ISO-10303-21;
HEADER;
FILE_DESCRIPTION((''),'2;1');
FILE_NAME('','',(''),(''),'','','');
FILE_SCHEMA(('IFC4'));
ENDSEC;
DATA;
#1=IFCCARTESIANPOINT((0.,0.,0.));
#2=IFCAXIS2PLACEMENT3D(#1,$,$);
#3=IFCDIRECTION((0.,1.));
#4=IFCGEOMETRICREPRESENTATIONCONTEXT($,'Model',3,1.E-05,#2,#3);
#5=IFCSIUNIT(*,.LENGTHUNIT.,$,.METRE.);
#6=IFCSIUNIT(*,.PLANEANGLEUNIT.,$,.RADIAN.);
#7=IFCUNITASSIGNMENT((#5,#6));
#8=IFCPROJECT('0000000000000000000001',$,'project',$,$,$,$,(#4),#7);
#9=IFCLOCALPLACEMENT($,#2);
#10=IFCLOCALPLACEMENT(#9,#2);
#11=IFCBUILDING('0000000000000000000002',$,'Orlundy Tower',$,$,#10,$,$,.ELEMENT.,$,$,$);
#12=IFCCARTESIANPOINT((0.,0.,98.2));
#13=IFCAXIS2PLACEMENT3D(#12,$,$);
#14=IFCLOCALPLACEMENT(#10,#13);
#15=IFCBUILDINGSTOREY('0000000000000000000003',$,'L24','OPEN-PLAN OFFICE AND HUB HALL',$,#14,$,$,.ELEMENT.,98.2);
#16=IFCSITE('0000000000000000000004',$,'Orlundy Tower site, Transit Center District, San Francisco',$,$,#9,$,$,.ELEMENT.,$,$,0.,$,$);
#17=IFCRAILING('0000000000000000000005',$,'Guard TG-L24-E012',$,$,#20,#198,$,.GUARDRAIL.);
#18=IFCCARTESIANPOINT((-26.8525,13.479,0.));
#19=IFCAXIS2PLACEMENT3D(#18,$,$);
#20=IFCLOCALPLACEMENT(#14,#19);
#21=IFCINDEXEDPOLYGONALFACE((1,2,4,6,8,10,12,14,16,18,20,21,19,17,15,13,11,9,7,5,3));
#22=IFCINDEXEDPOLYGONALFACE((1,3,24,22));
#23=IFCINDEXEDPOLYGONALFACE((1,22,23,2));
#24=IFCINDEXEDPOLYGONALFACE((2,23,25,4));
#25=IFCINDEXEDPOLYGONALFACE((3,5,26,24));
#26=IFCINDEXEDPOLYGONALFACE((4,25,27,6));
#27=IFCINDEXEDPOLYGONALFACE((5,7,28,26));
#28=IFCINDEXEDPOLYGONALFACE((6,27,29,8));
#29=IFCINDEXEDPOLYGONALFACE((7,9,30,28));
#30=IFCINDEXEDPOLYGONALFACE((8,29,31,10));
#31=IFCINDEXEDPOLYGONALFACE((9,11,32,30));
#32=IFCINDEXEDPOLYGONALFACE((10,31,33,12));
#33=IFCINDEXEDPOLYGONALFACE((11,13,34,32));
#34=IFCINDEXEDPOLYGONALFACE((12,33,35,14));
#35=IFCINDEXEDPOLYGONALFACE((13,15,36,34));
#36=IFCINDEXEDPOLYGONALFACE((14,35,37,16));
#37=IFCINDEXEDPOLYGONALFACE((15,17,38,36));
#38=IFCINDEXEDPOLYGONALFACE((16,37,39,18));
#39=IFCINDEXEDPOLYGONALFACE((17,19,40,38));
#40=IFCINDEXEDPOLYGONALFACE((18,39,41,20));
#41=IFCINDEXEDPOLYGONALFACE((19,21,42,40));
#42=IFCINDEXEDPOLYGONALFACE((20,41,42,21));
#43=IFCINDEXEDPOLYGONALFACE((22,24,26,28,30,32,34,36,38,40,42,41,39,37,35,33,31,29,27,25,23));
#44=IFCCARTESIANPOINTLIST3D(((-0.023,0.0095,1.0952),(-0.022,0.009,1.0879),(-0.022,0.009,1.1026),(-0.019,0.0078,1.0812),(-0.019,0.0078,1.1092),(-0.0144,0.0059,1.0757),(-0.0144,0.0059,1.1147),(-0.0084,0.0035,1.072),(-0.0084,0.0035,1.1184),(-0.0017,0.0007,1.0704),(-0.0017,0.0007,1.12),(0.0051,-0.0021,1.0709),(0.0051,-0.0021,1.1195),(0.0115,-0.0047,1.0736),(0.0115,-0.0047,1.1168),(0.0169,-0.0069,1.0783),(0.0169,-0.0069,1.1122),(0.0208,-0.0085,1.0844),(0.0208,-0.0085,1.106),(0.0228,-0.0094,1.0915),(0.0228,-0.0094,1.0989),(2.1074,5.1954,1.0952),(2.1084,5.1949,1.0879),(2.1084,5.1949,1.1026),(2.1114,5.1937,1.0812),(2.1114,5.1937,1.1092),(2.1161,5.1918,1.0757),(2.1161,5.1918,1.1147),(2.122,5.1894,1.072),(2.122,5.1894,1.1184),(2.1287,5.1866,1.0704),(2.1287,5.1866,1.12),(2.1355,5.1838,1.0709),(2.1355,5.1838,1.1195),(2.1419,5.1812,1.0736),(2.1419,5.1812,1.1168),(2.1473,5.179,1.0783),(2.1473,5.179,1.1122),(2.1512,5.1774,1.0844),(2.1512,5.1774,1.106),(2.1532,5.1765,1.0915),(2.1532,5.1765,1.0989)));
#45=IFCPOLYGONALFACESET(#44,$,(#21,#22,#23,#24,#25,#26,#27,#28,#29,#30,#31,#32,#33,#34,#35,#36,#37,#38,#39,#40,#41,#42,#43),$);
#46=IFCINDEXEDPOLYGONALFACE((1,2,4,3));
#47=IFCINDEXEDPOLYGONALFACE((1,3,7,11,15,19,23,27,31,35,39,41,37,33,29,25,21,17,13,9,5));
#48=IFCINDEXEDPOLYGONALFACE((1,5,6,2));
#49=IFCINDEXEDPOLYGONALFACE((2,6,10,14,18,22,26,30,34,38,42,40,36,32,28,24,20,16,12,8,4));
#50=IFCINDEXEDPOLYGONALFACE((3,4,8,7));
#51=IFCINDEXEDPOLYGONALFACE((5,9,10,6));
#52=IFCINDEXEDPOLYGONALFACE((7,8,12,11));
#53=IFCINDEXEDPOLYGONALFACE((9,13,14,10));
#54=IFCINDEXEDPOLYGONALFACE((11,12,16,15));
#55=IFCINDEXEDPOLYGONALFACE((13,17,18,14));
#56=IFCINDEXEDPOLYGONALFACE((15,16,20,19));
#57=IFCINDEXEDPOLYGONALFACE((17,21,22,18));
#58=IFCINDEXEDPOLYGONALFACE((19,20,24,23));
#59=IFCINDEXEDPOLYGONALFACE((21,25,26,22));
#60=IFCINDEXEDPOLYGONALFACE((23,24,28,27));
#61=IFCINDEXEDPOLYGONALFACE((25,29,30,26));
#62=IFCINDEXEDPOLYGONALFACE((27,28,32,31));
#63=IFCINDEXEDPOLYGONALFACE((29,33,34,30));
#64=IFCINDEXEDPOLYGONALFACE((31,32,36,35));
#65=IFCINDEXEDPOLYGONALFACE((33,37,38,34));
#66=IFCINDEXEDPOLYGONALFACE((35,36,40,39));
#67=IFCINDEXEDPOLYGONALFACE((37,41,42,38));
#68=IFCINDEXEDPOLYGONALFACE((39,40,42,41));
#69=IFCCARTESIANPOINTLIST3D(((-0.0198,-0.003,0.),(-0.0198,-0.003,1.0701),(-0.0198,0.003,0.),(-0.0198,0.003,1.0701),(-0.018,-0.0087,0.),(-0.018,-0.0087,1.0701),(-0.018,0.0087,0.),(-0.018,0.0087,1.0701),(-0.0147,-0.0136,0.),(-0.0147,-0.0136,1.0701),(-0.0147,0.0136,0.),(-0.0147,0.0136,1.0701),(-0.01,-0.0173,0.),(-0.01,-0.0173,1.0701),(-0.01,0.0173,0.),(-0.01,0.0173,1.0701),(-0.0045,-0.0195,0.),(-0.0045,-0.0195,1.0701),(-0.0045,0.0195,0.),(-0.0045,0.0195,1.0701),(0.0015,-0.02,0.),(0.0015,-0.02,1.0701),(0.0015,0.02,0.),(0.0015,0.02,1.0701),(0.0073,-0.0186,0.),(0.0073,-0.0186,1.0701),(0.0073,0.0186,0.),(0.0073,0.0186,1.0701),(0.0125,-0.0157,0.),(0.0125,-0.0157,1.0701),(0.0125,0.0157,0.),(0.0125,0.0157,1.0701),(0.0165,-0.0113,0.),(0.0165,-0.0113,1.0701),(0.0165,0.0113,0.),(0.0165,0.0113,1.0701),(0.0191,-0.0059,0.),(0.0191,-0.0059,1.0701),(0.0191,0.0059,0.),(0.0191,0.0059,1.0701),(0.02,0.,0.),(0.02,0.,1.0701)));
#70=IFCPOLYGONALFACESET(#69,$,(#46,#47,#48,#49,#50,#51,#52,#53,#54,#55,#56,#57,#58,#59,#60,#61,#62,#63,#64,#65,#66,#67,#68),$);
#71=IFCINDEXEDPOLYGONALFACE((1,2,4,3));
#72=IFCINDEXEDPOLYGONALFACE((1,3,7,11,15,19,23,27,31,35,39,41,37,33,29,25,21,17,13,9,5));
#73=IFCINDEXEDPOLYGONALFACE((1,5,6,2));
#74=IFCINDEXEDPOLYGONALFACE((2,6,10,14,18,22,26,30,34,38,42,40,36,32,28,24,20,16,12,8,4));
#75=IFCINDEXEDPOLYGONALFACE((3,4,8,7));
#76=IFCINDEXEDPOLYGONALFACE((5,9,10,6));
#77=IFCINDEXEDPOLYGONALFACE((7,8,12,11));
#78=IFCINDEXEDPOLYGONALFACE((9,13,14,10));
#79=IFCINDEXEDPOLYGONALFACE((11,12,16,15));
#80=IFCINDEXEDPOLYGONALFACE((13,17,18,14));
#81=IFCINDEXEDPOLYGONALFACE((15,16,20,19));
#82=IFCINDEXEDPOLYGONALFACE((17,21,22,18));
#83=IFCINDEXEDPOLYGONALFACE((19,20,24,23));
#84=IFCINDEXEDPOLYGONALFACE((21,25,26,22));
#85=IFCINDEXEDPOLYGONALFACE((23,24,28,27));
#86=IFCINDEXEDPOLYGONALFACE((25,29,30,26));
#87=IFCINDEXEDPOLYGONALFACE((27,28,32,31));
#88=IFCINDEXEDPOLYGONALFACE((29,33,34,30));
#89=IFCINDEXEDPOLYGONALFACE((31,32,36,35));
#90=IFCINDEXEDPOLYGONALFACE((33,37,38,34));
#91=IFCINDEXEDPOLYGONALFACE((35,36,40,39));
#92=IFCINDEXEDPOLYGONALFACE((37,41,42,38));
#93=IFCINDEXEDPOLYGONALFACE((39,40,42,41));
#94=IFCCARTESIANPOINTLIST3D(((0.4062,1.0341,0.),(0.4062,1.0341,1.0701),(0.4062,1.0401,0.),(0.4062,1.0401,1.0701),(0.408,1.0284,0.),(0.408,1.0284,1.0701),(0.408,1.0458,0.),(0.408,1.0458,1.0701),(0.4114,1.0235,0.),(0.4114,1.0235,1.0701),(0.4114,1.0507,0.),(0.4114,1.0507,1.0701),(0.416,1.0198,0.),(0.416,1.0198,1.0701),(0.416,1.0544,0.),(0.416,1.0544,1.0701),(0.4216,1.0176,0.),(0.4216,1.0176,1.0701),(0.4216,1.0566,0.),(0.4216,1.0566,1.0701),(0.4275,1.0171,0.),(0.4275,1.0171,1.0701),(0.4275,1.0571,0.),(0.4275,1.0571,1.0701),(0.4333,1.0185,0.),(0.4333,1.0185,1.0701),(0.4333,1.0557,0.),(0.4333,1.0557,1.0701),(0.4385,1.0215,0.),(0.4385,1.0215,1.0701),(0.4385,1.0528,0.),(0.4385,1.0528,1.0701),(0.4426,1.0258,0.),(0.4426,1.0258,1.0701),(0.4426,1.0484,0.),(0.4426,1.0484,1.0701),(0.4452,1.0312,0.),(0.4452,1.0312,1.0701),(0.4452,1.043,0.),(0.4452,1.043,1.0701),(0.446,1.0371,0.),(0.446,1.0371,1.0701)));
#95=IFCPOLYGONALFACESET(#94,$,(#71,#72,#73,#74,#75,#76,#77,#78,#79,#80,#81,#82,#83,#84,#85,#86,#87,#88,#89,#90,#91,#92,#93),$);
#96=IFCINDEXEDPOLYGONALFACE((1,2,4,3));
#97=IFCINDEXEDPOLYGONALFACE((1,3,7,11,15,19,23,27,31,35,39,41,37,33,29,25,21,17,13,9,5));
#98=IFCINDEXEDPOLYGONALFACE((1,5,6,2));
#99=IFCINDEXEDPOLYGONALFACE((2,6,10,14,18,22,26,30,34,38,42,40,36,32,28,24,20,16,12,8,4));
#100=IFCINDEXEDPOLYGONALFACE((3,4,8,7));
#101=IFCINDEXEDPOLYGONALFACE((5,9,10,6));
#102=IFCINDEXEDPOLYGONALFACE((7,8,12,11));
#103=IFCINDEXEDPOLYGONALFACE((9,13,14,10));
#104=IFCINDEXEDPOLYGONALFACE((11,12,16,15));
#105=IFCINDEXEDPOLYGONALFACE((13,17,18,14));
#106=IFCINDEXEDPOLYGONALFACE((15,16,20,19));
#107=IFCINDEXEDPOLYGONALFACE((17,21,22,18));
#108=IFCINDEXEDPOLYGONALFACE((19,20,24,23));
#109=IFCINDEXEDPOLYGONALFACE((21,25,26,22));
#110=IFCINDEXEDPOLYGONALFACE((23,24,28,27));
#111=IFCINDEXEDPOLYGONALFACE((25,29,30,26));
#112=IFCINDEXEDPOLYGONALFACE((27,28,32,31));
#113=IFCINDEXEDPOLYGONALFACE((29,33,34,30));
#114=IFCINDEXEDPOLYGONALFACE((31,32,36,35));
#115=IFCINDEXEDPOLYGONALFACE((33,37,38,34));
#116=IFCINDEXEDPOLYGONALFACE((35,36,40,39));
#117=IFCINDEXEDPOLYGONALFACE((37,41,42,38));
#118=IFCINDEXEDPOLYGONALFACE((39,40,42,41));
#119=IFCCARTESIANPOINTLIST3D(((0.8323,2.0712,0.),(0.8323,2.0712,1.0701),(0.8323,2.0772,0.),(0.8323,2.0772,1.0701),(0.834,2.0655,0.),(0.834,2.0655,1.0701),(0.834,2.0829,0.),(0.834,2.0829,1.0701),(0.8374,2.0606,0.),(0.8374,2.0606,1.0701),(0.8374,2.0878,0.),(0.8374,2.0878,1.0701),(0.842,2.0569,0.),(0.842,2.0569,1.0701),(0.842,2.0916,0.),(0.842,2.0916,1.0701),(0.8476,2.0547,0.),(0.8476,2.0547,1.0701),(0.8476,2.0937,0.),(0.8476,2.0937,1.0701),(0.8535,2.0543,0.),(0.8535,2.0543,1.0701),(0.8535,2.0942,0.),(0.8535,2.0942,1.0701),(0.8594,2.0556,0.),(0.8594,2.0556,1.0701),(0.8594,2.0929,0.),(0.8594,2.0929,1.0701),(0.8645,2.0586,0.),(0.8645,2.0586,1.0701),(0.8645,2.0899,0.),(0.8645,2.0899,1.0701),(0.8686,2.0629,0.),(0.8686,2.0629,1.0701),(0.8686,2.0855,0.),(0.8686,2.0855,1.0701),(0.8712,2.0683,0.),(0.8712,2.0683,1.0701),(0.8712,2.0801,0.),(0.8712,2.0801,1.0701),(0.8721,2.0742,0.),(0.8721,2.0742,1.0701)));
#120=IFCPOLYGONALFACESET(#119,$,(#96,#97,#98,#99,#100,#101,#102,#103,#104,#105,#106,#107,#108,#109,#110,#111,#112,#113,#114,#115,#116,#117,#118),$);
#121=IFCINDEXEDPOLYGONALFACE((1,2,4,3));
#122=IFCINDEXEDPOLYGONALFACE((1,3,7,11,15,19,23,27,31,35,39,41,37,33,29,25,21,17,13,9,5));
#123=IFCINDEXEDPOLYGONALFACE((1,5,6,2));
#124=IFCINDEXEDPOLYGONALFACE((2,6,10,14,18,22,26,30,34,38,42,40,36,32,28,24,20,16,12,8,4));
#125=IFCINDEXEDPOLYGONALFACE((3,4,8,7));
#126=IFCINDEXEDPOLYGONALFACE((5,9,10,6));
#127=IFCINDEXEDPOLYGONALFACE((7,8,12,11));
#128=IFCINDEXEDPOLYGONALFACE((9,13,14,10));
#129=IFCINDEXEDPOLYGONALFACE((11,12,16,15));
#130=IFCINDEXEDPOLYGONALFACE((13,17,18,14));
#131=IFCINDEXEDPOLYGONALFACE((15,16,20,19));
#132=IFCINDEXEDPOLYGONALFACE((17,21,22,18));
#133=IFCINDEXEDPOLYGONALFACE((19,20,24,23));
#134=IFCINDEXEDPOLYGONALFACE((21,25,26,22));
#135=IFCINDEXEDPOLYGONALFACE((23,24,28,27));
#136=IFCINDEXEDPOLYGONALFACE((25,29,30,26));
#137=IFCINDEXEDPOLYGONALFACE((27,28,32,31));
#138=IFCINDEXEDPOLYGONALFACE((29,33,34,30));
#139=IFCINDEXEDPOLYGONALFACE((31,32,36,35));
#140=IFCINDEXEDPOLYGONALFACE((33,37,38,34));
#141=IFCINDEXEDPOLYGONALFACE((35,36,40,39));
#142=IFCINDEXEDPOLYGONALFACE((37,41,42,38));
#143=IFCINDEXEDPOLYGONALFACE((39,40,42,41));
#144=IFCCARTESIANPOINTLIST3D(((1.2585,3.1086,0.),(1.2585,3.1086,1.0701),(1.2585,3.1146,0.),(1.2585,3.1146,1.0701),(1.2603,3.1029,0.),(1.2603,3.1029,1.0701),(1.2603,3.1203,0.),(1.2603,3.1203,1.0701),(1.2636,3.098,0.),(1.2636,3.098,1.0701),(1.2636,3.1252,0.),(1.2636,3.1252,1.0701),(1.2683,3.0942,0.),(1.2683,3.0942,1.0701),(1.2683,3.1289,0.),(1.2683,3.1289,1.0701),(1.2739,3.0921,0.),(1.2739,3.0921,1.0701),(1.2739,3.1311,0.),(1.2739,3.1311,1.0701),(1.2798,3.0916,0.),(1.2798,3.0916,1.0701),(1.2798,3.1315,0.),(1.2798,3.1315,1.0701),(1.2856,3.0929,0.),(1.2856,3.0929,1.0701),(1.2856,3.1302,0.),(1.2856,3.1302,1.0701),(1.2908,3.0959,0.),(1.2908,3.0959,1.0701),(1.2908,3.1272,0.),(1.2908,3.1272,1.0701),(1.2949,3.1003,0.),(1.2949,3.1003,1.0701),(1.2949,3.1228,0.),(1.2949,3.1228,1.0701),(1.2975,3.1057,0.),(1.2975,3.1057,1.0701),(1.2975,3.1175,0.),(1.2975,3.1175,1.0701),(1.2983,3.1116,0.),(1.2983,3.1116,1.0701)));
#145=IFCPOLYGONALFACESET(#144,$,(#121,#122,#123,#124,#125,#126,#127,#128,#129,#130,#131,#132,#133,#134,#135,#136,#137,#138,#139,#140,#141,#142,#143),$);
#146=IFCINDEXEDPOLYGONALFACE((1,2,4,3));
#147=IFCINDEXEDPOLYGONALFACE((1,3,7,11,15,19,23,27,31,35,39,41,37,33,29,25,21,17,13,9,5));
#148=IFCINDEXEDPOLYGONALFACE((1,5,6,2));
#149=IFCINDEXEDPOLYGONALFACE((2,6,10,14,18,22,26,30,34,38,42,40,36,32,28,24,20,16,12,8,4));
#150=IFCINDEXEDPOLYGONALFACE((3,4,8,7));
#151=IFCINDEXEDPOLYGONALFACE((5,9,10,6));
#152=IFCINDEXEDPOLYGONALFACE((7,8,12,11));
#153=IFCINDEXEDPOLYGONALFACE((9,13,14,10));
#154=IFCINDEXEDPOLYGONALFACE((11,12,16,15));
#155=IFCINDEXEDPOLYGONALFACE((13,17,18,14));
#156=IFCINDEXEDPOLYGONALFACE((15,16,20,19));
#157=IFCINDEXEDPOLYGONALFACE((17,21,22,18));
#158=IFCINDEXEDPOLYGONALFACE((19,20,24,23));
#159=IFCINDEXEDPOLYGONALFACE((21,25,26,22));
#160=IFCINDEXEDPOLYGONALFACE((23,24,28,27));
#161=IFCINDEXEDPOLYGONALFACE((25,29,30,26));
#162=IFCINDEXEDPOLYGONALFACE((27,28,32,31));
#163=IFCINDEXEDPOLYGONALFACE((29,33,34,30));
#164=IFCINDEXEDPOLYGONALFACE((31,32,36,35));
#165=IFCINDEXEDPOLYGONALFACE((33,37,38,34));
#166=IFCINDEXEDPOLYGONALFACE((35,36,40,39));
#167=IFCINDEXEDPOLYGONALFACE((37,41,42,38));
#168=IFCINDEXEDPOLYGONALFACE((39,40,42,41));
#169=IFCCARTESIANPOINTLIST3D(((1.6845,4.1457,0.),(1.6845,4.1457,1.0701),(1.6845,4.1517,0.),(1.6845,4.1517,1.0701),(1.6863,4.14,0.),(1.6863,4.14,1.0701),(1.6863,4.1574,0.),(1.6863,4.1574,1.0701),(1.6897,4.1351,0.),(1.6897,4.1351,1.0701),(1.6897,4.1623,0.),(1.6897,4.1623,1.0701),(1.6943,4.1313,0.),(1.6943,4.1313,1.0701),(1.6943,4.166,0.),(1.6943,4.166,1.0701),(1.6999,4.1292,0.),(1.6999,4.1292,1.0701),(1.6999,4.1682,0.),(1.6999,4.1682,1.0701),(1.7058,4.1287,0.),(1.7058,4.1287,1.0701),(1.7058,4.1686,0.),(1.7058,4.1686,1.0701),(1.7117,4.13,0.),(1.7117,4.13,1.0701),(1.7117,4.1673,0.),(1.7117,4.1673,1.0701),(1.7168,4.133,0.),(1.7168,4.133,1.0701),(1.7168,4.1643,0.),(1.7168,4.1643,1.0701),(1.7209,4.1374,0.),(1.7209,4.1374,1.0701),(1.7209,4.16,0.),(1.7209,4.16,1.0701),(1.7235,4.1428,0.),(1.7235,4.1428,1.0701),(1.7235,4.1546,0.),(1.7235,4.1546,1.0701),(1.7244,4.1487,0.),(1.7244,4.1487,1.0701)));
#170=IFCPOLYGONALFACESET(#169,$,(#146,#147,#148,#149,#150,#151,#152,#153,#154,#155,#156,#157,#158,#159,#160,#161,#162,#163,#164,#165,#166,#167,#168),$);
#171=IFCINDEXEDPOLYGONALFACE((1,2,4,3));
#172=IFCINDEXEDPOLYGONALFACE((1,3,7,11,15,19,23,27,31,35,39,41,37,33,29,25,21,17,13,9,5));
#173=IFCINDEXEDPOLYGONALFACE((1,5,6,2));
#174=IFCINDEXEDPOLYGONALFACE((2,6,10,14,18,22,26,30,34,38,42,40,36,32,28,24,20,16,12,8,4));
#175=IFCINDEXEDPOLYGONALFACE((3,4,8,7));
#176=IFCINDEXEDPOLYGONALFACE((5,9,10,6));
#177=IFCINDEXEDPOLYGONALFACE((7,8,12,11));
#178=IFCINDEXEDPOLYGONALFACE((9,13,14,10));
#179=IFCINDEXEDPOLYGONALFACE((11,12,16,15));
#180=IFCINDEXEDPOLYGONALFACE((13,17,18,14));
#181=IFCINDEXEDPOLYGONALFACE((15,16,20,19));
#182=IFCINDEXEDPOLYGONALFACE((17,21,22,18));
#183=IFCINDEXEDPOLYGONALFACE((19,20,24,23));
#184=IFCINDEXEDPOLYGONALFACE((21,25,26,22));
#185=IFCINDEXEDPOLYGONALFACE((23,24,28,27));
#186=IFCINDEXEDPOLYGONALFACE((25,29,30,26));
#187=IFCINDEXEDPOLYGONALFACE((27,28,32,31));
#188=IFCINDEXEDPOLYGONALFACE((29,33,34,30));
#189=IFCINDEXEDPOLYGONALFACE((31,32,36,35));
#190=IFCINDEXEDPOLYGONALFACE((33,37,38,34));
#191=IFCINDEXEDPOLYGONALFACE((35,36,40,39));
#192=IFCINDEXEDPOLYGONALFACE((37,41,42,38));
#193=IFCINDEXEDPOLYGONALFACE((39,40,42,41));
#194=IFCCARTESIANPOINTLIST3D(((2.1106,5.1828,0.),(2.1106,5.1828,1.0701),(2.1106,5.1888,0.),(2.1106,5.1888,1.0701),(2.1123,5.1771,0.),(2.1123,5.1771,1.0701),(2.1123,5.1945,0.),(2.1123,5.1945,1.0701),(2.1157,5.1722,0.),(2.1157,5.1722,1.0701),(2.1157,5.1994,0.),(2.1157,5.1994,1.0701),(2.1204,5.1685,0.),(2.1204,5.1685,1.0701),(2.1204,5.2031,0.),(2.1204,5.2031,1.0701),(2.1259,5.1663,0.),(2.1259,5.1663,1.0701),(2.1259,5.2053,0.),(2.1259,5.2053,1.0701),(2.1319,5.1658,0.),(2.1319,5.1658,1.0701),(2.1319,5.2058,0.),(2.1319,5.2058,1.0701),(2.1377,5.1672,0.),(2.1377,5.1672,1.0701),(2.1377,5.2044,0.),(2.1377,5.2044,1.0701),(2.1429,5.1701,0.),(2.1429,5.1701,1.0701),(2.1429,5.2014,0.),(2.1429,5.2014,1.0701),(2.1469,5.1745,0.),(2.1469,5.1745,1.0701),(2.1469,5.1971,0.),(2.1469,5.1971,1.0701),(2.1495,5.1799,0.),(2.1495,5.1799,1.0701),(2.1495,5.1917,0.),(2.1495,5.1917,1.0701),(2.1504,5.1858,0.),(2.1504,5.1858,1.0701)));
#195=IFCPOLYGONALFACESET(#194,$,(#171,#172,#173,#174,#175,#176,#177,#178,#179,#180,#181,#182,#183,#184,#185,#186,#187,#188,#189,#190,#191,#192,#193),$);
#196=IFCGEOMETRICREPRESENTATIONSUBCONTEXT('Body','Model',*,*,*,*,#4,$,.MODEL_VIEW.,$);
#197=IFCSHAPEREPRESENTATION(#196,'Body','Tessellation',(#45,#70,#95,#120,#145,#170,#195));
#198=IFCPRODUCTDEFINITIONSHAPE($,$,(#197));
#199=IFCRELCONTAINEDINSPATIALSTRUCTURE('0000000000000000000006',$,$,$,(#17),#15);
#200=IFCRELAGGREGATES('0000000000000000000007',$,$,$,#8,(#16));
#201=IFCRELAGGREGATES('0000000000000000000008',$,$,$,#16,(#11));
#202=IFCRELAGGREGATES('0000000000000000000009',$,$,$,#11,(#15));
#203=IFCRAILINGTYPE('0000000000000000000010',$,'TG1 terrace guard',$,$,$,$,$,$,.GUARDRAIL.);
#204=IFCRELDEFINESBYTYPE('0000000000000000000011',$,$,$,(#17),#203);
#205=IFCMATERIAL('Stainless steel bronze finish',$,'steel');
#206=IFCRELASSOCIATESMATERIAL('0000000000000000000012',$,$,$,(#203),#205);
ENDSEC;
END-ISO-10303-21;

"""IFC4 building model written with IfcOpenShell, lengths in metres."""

from ifc_helpers import new_model, si_unit, direction, frame, origin, origin_2d, place, context, subcontext, project, spatial, circle, extrude, material, type_object, element, save


model = new_model("IFC4")

# Units and contexts
model_context = context("Model", 3, precision=1e-05, world=origin(), true_north=direction((0.0, 1.0)))
body_context = subcontext(model_context, "Body", "Model", "MODEL_VIEW")
ifc_project = project(units=[si_unit("LENGTHUNIT", "METRE"), si_unit("PLANEANGLEUNIT", "RADIAN")], contexts=[model_context])

# Site, building, storey
site_placement = place(None, origin())
site = spatial("IfcSite", under=ifc_project, at=site_placement, Name="Orlundy Tower site, Transit Center District, San Francisco", CompositionType="ELEMENT", RefElevation=0.0)
building_placement = place(site_placement, origin())
building = spatial("IfcBuilding", under=site, at=building_placement, Name="Orlundy Tower", CompositionType="ELEMENT")
storey_placement = place(building_placement, frame((0.0, 0.0, 98.2)))
storey = spatial("IfcBuildingStorey", under=building, at=storey_placement, Name="L24", Description="OPEN-PLAN OFFICE AND HUB HALL", CompositionType="ELEMENT", Elevation=98.2)

# Railing
ifc_material_1 = material(Name="Stainless steel bronze finish", Category="steel")
railing_type = type_object("IfcRailingType", Name="TG1 terrace guard", PredefinedType="GUARDRAIL", material=ifc_material_1)
railing_1_placement = place(storey_placement, frame((-26.8525, 13.479, 0.0)))
element("IfcRailing", 1, at=railing_1_placement, inside=storey, type_object=railing_type, Name="Guard TG-L24-E012", PredefinedType="GUARDRAIL", context=body_context, shape_type="SweptSolid", body=[
    extrude(circle(Radius=0.0249, at=origin_2d()), frame((0.0, 0.0, 1.0952), z_axis=(0.379994, 0.924989, 0.0), x_axis=(-0.924989, 0.379994, 0.0)), (0.0, 0.0, 1.0), 5.6064),
    extrude(circle(Radius=0.02, at=origin_2d()), origin(), (0.0, 0.0, 1.0), 1.0701),
    extrude(circle(Radius=0.02, at=origin_2d()), frame((0.426, 1.0371, 0.0)), (0.0, 0.0, 1.0), 1.0701),
    extrude(circle(Radius=0.02, at=origin_2d()), frame((0.8521, 2.0742, 0.0)), (0.0, 0.0, 1.0), 1.0701),
    extrude(circle(Radius=0.02, at=origin_2d()), frame((1.2783, 3.1116, 0.0)), (0.0, 0.0, 1.0), 1.0701),
    extrude(circle(Radius=0.02, at=origin_2d()), frame((1.7043, 4.1487, 0.0)), (0.0, 0.0, 1.0), 1.0701),
    extrude(circle(Radius=0.02, at=origin_2d()), frame((2.1304, 5.1858, 0.0)), (0.0, 0.0, 1.0), 1.0701),
])

save(model, "model.ifc")
